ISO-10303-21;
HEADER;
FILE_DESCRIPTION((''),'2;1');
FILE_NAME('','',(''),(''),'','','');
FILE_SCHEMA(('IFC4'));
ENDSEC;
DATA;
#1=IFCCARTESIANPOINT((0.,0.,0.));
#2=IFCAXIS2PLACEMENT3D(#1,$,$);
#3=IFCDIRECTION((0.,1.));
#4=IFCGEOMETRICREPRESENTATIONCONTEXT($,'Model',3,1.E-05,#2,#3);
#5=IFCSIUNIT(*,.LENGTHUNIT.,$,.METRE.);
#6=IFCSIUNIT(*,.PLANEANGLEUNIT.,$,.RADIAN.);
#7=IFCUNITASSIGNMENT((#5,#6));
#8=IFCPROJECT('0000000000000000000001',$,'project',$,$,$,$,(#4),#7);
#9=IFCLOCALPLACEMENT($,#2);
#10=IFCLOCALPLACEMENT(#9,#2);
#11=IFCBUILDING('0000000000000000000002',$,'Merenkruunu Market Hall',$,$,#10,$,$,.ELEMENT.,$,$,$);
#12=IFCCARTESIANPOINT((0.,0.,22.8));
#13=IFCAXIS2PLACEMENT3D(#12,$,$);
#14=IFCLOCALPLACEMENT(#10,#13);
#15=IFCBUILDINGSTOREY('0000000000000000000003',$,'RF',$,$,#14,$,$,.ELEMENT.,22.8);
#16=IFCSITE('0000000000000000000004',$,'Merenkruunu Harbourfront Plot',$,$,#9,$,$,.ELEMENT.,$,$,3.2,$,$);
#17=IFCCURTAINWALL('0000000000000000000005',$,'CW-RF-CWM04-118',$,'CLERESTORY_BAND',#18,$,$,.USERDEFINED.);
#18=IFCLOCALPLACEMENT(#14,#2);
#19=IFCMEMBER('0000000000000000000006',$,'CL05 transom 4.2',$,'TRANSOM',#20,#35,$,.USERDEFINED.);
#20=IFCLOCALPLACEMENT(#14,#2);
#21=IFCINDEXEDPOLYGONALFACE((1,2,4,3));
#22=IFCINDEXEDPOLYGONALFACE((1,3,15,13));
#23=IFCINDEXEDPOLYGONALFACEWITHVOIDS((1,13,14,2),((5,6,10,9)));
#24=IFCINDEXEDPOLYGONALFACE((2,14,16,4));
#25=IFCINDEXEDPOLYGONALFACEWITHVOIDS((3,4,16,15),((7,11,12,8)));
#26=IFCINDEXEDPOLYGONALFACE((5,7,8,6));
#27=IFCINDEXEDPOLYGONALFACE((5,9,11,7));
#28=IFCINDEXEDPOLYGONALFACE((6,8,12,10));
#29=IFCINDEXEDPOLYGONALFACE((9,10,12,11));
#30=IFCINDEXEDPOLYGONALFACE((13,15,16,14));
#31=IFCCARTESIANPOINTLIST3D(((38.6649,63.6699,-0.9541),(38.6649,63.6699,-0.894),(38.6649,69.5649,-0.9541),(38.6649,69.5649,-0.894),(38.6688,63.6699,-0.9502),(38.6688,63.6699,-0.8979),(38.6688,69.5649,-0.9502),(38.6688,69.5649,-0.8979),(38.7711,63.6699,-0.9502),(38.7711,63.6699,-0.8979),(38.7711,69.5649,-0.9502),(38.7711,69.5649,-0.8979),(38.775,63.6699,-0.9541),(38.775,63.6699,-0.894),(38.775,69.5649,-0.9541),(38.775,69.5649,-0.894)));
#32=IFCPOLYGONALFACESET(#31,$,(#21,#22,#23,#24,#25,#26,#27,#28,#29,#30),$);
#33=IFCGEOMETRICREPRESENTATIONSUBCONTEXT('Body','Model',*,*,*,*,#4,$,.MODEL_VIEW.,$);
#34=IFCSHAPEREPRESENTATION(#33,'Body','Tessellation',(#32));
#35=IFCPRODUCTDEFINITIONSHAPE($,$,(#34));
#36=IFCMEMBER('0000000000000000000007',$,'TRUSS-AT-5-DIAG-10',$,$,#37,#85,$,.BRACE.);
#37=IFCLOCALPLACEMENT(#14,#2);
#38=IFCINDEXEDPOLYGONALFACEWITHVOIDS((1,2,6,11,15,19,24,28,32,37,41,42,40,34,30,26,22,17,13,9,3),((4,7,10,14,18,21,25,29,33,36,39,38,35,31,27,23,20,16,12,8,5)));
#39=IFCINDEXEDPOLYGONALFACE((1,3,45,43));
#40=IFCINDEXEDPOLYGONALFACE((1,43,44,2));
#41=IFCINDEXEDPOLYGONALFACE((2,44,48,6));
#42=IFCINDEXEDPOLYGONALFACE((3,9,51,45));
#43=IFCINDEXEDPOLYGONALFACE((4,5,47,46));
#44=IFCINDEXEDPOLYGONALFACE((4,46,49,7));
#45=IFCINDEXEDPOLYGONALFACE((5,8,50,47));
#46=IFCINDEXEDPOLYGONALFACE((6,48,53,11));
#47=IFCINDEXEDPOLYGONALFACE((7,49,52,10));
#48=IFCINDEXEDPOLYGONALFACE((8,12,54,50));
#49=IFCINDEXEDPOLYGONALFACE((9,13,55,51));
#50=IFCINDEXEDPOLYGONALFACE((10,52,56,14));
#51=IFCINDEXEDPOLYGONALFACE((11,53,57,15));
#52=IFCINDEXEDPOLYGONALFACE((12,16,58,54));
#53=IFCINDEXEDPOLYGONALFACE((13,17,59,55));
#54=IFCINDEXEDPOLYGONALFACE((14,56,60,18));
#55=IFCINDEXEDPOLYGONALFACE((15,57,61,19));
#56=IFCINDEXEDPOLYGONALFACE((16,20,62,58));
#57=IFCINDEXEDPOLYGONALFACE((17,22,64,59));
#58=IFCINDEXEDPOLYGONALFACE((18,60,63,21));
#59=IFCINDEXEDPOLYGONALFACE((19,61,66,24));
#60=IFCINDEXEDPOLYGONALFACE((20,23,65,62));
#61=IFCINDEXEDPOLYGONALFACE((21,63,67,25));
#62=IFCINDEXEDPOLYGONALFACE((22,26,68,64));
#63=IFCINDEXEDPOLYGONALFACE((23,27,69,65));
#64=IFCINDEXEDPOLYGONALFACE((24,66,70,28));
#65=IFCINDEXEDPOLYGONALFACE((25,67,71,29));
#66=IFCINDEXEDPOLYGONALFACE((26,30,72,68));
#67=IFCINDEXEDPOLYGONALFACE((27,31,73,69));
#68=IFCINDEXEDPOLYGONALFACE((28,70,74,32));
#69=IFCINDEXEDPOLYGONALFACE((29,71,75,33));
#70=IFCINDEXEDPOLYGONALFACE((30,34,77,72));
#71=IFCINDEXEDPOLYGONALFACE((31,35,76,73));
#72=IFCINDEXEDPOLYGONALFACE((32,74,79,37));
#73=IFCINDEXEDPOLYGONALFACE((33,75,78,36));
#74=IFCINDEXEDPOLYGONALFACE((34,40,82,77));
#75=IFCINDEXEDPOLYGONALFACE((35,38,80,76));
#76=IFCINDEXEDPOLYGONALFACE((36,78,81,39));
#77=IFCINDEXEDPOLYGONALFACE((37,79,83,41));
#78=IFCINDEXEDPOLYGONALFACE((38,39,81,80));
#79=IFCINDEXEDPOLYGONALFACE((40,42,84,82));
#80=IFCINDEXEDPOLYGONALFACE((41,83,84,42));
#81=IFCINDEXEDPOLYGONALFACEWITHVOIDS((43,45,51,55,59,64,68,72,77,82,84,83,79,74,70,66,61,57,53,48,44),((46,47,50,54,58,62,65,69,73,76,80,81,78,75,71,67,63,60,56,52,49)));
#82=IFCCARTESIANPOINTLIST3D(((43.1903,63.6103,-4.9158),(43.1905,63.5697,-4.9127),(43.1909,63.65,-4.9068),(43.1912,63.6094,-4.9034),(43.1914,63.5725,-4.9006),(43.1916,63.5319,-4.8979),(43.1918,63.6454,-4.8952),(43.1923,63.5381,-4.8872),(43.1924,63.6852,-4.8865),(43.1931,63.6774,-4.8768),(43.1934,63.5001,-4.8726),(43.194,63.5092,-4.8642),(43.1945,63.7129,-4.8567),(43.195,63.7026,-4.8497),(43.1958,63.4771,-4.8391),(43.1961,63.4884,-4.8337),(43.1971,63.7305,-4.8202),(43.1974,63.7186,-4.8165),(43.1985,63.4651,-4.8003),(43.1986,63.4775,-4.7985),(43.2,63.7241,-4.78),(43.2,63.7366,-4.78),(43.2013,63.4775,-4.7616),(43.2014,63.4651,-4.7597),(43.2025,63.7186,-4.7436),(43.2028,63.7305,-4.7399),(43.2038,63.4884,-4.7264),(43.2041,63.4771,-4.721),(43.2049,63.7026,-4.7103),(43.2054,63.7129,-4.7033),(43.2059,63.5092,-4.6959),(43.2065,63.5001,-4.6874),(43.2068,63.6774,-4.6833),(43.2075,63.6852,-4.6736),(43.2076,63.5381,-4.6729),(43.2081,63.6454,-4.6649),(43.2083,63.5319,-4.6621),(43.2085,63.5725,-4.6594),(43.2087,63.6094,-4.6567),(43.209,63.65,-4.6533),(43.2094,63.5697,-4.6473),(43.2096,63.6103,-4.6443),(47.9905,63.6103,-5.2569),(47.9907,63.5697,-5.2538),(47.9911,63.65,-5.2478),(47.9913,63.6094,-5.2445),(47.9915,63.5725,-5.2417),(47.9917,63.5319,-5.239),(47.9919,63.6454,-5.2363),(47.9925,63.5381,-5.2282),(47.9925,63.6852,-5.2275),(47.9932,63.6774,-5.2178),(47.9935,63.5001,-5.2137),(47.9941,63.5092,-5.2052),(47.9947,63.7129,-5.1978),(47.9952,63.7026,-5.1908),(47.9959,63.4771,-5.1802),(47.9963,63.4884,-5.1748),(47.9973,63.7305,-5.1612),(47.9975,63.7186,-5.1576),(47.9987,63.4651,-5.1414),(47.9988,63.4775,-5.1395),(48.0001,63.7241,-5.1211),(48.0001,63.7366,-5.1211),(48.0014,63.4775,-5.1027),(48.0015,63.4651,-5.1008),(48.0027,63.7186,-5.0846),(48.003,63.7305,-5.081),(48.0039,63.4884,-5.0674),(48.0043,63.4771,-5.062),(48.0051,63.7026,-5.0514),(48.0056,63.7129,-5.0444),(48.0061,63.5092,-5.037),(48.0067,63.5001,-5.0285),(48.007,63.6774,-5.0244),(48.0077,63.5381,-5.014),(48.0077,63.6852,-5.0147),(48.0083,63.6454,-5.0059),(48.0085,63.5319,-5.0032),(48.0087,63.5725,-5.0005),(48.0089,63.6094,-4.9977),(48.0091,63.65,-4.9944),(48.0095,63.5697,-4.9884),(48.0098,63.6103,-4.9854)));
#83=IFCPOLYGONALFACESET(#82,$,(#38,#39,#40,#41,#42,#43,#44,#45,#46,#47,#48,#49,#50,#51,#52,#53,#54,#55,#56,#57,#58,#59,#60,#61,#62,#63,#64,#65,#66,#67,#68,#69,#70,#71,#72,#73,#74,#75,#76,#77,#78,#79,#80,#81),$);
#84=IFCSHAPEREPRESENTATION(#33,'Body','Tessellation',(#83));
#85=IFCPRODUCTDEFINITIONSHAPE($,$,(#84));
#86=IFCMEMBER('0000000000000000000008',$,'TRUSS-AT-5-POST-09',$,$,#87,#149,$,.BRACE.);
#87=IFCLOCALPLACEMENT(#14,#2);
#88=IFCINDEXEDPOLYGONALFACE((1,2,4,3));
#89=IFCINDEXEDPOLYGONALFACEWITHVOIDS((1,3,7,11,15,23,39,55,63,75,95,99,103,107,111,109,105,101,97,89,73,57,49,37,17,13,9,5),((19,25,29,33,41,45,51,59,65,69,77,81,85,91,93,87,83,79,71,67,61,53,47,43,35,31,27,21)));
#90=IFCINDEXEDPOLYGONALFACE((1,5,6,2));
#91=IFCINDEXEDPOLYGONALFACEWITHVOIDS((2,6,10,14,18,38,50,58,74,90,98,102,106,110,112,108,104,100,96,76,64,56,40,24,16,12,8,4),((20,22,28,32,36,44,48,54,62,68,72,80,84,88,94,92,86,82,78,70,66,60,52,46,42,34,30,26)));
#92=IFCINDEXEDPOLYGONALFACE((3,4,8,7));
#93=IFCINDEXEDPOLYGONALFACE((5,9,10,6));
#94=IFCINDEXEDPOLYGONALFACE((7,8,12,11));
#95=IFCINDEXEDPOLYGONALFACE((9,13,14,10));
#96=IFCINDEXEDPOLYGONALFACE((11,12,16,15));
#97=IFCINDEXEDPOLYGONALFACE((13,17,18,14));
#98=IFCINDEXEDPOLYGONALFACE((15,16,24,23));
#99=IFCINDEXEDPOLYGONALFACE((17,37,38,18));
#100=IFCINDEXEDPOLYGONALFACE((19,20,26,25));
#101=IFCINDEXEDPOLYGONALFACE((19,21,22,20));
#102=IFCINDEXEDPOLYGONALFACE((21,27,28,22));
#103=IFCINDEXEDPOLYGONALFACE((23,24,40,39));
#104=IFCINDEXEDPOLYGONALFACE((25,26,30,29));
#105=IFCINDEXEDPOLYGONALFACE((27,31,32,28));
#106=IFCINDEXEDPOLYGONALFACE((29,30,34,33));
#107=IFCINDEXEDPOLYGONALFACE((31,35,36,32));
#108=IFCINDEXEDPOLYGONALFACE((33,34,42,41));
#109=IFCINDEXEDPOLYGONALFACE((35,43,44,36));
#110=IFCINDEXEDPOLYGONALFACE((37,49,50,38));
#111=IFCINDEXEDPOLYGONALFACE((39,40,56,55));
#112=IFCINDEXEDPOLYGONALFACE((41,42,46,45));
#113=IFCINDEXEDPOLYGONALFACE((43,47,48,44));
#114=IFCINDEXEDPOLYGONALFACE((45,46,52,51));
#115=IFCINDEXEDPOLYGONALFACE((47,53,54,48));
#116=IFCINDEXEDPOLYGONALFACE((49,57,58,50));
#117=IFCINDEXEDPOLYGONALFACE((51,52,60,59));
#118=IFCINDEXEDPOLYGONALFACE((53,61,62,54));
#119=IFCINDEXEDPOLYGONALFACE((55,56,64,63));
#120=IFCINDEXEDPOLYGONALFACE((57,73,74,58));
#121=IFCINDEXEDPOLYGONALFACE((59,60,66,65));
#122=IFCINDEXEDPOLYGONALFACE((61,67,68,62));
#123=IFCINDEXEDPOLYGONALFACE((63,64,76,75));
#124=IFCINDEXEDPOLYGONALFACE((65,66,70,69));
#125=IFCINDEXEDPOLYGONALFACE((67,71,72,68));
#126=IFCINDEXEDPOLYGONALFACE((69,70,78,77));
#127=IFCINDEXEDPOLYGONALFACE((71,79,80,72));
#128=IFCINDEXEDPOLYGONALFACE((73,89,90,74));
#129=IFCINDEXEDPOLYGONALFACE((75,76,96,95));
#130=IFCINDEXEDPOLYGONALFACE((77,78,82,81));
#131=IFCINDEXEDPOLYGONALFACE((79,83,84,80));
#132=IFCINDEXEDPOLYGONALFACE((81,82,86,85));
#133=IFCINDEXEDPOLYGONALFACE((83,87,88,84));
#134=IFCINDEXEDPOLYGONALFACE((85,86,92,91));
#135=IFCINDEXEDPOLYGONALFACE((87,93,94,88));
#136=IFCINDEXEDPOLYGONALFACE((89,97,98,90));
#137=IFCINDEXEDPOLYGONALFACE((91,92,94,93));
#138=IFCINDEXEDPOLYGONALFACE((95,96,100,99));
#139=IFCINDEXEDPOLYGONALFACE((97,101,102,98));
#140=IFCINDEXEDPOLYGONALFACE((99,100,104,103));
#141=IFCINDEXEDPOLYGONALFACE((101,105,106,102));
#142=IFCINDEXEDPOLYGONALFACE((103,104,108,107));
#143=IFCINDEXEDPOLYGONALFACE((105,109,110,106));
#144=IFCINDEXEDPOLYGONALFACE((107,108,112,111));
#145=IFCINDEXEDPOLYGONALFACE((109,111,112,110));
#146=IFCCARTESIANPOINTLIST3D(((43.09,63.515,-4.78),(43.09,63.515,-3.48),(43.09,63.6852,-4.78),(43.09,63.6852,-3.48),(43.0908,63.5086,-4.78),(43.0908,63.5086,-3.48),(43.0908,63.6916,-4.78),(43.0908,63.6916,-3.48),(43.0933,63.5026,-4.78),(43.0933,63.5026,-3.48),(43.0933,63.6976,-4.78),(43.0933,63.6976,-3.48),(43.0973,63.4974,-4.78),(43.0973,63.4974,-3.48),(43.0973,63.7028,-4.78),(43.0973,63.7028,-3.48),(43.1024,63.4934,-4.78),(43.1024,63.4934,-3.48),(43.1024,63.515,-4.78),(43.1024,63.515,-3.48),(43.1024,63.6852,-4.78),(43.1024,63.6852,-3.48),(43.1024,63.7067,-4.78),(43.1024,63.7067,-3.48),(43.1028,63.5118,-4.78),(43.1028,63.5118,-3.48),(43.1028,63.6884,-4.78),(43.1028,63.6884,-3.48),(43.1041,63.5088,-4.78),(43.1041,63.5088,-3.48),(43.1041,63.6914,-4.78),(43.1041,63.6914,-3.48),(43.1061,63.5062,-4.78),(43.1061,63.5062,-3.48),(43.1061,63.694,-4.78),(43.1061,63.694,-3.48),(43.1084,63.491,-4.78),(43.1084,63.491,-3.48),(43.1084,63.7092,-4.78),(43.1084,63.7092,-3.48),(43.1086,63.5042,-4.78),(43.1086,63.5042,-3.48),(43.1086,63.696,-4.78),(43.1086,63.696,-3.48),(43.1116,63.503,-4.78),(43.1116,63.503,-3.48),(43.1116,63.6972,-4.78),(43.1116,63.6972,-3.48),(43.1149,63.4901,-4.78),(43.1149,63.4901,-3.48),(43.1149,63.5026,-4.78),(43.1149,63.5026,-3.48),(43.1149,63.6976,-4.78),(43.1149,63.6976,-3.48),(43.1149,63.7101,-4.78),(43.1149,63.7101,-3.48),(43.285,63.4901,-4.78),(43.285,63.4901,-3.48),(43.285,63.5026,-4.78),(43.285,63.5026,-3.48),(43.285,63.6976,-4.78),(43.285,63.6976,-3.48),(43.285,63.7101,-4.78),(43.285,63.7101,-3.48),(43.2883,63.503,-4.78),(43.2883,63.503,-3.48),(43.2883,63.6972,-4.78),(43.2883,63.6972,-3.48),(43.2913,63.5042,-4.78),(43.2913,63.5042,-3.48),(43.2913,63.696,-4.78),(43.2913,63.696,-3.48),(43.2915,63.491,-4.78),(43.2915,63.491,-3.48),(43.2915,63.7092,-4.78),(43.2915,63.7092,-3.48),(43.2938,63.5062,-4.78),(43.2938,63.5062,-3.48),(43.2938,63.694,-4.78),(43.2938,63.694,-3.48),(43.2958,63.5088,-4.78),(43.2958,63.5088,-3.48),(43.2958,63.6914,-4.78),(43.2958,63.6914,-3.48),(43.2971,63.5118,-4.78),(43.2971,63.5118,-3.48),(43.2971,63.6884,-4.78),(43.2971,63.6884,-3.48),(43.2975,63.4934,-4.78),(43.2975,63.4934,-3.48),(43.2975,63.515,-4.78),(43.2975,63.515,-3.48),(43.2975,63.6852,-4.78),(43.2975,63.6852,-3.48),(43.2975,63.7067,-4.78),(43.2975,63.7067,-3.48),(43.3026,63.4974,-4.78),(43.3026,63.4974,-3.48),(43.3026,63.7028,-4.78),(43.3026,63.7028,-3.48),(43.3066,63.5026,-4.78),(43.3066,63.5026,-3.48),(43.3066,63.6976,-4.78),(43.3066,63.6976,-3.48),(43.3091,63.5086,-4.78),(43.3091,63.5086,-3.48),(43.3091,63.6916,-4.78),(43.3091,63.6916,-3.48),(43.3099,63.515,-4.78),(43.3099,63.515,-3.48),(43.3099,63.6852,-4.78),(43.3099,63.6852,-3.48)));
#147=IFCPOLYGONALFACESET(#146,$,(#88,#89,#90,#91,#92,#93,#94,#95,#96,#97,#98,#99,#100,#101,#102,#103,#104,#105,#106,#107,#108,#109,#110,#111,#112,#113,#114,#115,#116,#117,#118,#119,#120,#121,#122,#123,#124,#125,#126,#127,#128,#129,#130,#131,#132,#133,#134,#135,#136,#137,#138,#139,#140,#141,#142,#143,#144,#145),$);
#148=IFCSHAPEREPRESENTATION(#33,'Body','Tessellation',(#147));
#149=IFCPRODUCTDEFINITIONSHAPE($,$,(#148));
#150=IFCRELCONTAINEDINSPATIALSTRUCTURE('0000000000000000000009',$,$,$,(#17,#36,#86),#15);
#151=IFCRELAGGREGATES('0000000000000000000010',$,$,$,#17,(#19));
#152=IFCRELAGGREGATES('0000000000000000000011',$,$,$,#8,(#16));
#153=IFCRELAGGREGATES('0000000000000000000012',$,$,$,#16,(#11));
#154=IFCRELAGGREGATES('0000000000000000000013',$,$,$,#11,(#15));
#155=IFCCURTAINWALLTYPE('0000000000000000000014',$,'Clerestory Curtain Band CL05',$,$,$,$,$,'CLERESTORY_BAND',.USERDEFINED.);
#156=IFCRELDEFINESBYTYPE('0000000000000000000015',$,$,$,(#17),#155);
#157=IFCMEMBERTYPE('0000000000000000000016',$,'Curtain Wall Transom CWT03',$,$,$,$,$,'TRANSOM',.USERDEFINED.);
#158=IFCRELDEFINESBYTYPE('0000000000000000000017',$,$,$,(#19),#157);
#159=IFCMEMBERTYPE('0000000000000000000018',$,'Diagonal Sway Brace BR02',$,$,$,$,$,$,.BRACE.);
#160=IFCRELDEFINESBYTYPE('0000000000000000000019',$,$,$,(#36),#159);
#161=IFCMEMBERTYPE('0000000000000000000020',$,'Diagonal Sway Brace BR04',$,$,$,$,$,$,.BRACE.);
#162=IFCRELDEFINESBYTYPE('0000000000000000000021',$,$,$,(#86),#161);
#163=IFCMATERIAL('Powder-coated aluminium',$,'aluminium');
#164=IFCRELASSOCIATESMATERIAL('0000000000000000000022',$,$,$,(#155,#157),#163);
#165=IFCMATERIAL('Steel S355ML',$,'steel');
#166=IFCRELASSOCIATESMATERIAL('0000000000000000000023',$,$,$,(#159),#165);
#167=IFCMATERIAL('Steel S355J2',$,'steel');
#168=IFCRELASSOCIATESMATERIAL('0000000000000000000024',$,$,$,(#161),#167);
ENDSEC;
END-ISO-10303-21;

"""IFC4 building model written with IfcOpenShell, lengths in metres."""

from ifc_helpers import new_model, si_unit, direction, frame, origin, origin_2d, place, context, subcontext, project, spatial, hollow_rectangle, hollow_circle, extrude, material, material_profile, profile_set, type_object, element, aggregate, save


model = new_model("IFC4")

# Units and contexts
model_context = context("Model", 3, precision=1e-05, world=origin(), true_north=direction((0.0, 1.0)))
body_context = subcontext(model_context, "Body", "Model", "MODEL_VIEW")
ifc_project = project(units=[si_unit("LENGTHUNIT", "METRE"), si_unit("PLANEANGLEUNIT", "RADIAN")], contexts=[model_context])

# Site, building, storey
site_placement = place(None, origin())
site = spatial("IfcSite", under=ifc_project, at=site_placement, Name="Merenkruunu Harbourfront Plot", CompositionType="ELEMENT", RefElevation=3.2)
building_placement = place(site_placement, origin())
building = spatial("IfcBuilding", under=site, at=building_placement, Name="Merenkruunu Market Hall", CompositionType="ELEMENT")
storey_placement = place(building_placement, frame((0.0, 0.0, 22.8)))
storey = spatial("IfcBuildingStorey", under=building, at=storey_placement, Name="RF", CompositionType="ELEMENT", Elevation=22.8)

# Shared definitions
ifc_material_1 = material(Name="Steel S355ML", Category="steel")

# Curtain wall
ifc_material_2 = material(Name="Powder-coated aluminium", Category="aluminium")
curtain_wall_type = type_object("IfcCurtainWallType", Name="Clerestory Curtain Band CL05", ElementType="CLERESTORY_BAND", PredefinedType="USERDEFINED", material=ifc_material_2)
curtain_wall_1_placement = place(storey_placement, origin())
curtain_wall_1 = element("IfcCurtainWall", 1, at=curtain_wall_1_placement, inside=storey, type_object=curtain_wall_type, Name="CW-RF-CWM04-118", ObjectType="CLERESTORY_BAND", PredefinedType="USERDEFINED")

# Member
ifc_material_profile_1 = material_profile(ifc_material_2, hollow_rectangle(XDim=0.0601, YDim=0.1101, WallThickness=0.0039, at=origin_2d()), Name="ALU 60x110x4")
ifc_profile_set_1 = profile_set([ifc_material_profile_1], Name="Powder-coated aluminium")
member_type_1 = type_object("IfcMemberType", Name="Curtain Wall Transom CWT03", ElementType="TRANSOM", PredefinedType="USERDEFINED", material=ifc_profile_set_1)
member_1_placement = place(storey_placement, frame((38.72, 69.5649, -0.9241), z_axis=(0.0, -1.0, 0.0), x_axis=(0.0, 0.0, 1.0)))
member_1 = element("IfcMember", 2, at=member_1_placement, type_object=member_type_1, Name="CL05 transom 4.2", ObjectType="TRANSOM", PredefinedType="USERDEFINED", context=body_context, shape_type="SweptSolid", body=[
    extrude(hollow_rectangle(XDim=0.0601, YDim=0.1101, WallThickness=0.0039, at=origin_2d()), origin(), (0.0, 0.0, 1.0), 5.895),
])

# Members
ifc_material_profile_2 = material_profile(ifc_material_1, hollow_circle(Radius=0.1365, WallThickness=0.0125, at=origin_2d()), Name="CHS 273x12.5")
ifc_profile_set_2 = profile_set([ifc_material_profile_2], Name="Steel S355ML")
member_type_2 = type_object("IfcMemberType", Name="Diagonal Sway Brace BR02", PredefinedType="BRACE", material=ifc_profile_set_2)
member_2_placement = place(storey_placement, frame((43.2, 63.6001, -4.78), z_axis=(0.997485, 0.0, -0.070876), x_axis=(0.0, 1.0, 0.0)))
element("IfcMember", 3, at=member_2_placement, inside=storey, type_object=member_type_2, Name="TRUSS-AT-5-DIAG-10", PredefinedType="BRACE", context=body_context, shape_type="SweptSolid", body=[
    extrude(hollow_circle(Radius=0.1365, WallThickness=0.0125, at=origin_2d()), origin(), (0.0, 0.0, 1.0), 4.8123),
])
ifc_material_3 = material(Name="Steel S355J2", Category="steel")
ifc_material_profile_3 = material_profile(ifc_material_3, hollow_rectangle(XDim=0.22, YDim=0.22, WallThickness=0.0125, InnerFilletRadius=0.0125, OuterFilletRadius=0.0249, at=origin_2d()), Name="SHS 220x220x12.5")
ifc_profile_set_3 = profile_set([ifc_material_profile_3], Name="Steel S355J2")
member_type_3 = type_object("IfcMemberType", Name="Diagonal Sway Brace BR04", PredefinedType="BRACE", material=ifc_profile_set_3)
member_3_placement = place(storey_placement, frame((43.2, 63.6001, -4.78), z_axis=(0.0, 0.0, 1.0), x_axis=(1.0, 0.0, 0.0)))
element("IfcMember", 4, at=member_3_placement, inside=storey, type_object=member_type_3, Name="TRUSS-AT-5-POST-09", PredefinedType="BRACE", context=body_context, shape_type="SweptSolid", body=[
    extrude(hollow_rectangle(XDim=0.22, YDim=0.22, WallThickness=0.0125, InnerFilletRadius=0.0125, OuterFilletRadius=0.0249, at=origin_2d()), origin(), (0.0, 0.0, 1.0), 1.3),
])

aggregate(curtain_wall_1, [member_1])

save(model, "model.ifc")
